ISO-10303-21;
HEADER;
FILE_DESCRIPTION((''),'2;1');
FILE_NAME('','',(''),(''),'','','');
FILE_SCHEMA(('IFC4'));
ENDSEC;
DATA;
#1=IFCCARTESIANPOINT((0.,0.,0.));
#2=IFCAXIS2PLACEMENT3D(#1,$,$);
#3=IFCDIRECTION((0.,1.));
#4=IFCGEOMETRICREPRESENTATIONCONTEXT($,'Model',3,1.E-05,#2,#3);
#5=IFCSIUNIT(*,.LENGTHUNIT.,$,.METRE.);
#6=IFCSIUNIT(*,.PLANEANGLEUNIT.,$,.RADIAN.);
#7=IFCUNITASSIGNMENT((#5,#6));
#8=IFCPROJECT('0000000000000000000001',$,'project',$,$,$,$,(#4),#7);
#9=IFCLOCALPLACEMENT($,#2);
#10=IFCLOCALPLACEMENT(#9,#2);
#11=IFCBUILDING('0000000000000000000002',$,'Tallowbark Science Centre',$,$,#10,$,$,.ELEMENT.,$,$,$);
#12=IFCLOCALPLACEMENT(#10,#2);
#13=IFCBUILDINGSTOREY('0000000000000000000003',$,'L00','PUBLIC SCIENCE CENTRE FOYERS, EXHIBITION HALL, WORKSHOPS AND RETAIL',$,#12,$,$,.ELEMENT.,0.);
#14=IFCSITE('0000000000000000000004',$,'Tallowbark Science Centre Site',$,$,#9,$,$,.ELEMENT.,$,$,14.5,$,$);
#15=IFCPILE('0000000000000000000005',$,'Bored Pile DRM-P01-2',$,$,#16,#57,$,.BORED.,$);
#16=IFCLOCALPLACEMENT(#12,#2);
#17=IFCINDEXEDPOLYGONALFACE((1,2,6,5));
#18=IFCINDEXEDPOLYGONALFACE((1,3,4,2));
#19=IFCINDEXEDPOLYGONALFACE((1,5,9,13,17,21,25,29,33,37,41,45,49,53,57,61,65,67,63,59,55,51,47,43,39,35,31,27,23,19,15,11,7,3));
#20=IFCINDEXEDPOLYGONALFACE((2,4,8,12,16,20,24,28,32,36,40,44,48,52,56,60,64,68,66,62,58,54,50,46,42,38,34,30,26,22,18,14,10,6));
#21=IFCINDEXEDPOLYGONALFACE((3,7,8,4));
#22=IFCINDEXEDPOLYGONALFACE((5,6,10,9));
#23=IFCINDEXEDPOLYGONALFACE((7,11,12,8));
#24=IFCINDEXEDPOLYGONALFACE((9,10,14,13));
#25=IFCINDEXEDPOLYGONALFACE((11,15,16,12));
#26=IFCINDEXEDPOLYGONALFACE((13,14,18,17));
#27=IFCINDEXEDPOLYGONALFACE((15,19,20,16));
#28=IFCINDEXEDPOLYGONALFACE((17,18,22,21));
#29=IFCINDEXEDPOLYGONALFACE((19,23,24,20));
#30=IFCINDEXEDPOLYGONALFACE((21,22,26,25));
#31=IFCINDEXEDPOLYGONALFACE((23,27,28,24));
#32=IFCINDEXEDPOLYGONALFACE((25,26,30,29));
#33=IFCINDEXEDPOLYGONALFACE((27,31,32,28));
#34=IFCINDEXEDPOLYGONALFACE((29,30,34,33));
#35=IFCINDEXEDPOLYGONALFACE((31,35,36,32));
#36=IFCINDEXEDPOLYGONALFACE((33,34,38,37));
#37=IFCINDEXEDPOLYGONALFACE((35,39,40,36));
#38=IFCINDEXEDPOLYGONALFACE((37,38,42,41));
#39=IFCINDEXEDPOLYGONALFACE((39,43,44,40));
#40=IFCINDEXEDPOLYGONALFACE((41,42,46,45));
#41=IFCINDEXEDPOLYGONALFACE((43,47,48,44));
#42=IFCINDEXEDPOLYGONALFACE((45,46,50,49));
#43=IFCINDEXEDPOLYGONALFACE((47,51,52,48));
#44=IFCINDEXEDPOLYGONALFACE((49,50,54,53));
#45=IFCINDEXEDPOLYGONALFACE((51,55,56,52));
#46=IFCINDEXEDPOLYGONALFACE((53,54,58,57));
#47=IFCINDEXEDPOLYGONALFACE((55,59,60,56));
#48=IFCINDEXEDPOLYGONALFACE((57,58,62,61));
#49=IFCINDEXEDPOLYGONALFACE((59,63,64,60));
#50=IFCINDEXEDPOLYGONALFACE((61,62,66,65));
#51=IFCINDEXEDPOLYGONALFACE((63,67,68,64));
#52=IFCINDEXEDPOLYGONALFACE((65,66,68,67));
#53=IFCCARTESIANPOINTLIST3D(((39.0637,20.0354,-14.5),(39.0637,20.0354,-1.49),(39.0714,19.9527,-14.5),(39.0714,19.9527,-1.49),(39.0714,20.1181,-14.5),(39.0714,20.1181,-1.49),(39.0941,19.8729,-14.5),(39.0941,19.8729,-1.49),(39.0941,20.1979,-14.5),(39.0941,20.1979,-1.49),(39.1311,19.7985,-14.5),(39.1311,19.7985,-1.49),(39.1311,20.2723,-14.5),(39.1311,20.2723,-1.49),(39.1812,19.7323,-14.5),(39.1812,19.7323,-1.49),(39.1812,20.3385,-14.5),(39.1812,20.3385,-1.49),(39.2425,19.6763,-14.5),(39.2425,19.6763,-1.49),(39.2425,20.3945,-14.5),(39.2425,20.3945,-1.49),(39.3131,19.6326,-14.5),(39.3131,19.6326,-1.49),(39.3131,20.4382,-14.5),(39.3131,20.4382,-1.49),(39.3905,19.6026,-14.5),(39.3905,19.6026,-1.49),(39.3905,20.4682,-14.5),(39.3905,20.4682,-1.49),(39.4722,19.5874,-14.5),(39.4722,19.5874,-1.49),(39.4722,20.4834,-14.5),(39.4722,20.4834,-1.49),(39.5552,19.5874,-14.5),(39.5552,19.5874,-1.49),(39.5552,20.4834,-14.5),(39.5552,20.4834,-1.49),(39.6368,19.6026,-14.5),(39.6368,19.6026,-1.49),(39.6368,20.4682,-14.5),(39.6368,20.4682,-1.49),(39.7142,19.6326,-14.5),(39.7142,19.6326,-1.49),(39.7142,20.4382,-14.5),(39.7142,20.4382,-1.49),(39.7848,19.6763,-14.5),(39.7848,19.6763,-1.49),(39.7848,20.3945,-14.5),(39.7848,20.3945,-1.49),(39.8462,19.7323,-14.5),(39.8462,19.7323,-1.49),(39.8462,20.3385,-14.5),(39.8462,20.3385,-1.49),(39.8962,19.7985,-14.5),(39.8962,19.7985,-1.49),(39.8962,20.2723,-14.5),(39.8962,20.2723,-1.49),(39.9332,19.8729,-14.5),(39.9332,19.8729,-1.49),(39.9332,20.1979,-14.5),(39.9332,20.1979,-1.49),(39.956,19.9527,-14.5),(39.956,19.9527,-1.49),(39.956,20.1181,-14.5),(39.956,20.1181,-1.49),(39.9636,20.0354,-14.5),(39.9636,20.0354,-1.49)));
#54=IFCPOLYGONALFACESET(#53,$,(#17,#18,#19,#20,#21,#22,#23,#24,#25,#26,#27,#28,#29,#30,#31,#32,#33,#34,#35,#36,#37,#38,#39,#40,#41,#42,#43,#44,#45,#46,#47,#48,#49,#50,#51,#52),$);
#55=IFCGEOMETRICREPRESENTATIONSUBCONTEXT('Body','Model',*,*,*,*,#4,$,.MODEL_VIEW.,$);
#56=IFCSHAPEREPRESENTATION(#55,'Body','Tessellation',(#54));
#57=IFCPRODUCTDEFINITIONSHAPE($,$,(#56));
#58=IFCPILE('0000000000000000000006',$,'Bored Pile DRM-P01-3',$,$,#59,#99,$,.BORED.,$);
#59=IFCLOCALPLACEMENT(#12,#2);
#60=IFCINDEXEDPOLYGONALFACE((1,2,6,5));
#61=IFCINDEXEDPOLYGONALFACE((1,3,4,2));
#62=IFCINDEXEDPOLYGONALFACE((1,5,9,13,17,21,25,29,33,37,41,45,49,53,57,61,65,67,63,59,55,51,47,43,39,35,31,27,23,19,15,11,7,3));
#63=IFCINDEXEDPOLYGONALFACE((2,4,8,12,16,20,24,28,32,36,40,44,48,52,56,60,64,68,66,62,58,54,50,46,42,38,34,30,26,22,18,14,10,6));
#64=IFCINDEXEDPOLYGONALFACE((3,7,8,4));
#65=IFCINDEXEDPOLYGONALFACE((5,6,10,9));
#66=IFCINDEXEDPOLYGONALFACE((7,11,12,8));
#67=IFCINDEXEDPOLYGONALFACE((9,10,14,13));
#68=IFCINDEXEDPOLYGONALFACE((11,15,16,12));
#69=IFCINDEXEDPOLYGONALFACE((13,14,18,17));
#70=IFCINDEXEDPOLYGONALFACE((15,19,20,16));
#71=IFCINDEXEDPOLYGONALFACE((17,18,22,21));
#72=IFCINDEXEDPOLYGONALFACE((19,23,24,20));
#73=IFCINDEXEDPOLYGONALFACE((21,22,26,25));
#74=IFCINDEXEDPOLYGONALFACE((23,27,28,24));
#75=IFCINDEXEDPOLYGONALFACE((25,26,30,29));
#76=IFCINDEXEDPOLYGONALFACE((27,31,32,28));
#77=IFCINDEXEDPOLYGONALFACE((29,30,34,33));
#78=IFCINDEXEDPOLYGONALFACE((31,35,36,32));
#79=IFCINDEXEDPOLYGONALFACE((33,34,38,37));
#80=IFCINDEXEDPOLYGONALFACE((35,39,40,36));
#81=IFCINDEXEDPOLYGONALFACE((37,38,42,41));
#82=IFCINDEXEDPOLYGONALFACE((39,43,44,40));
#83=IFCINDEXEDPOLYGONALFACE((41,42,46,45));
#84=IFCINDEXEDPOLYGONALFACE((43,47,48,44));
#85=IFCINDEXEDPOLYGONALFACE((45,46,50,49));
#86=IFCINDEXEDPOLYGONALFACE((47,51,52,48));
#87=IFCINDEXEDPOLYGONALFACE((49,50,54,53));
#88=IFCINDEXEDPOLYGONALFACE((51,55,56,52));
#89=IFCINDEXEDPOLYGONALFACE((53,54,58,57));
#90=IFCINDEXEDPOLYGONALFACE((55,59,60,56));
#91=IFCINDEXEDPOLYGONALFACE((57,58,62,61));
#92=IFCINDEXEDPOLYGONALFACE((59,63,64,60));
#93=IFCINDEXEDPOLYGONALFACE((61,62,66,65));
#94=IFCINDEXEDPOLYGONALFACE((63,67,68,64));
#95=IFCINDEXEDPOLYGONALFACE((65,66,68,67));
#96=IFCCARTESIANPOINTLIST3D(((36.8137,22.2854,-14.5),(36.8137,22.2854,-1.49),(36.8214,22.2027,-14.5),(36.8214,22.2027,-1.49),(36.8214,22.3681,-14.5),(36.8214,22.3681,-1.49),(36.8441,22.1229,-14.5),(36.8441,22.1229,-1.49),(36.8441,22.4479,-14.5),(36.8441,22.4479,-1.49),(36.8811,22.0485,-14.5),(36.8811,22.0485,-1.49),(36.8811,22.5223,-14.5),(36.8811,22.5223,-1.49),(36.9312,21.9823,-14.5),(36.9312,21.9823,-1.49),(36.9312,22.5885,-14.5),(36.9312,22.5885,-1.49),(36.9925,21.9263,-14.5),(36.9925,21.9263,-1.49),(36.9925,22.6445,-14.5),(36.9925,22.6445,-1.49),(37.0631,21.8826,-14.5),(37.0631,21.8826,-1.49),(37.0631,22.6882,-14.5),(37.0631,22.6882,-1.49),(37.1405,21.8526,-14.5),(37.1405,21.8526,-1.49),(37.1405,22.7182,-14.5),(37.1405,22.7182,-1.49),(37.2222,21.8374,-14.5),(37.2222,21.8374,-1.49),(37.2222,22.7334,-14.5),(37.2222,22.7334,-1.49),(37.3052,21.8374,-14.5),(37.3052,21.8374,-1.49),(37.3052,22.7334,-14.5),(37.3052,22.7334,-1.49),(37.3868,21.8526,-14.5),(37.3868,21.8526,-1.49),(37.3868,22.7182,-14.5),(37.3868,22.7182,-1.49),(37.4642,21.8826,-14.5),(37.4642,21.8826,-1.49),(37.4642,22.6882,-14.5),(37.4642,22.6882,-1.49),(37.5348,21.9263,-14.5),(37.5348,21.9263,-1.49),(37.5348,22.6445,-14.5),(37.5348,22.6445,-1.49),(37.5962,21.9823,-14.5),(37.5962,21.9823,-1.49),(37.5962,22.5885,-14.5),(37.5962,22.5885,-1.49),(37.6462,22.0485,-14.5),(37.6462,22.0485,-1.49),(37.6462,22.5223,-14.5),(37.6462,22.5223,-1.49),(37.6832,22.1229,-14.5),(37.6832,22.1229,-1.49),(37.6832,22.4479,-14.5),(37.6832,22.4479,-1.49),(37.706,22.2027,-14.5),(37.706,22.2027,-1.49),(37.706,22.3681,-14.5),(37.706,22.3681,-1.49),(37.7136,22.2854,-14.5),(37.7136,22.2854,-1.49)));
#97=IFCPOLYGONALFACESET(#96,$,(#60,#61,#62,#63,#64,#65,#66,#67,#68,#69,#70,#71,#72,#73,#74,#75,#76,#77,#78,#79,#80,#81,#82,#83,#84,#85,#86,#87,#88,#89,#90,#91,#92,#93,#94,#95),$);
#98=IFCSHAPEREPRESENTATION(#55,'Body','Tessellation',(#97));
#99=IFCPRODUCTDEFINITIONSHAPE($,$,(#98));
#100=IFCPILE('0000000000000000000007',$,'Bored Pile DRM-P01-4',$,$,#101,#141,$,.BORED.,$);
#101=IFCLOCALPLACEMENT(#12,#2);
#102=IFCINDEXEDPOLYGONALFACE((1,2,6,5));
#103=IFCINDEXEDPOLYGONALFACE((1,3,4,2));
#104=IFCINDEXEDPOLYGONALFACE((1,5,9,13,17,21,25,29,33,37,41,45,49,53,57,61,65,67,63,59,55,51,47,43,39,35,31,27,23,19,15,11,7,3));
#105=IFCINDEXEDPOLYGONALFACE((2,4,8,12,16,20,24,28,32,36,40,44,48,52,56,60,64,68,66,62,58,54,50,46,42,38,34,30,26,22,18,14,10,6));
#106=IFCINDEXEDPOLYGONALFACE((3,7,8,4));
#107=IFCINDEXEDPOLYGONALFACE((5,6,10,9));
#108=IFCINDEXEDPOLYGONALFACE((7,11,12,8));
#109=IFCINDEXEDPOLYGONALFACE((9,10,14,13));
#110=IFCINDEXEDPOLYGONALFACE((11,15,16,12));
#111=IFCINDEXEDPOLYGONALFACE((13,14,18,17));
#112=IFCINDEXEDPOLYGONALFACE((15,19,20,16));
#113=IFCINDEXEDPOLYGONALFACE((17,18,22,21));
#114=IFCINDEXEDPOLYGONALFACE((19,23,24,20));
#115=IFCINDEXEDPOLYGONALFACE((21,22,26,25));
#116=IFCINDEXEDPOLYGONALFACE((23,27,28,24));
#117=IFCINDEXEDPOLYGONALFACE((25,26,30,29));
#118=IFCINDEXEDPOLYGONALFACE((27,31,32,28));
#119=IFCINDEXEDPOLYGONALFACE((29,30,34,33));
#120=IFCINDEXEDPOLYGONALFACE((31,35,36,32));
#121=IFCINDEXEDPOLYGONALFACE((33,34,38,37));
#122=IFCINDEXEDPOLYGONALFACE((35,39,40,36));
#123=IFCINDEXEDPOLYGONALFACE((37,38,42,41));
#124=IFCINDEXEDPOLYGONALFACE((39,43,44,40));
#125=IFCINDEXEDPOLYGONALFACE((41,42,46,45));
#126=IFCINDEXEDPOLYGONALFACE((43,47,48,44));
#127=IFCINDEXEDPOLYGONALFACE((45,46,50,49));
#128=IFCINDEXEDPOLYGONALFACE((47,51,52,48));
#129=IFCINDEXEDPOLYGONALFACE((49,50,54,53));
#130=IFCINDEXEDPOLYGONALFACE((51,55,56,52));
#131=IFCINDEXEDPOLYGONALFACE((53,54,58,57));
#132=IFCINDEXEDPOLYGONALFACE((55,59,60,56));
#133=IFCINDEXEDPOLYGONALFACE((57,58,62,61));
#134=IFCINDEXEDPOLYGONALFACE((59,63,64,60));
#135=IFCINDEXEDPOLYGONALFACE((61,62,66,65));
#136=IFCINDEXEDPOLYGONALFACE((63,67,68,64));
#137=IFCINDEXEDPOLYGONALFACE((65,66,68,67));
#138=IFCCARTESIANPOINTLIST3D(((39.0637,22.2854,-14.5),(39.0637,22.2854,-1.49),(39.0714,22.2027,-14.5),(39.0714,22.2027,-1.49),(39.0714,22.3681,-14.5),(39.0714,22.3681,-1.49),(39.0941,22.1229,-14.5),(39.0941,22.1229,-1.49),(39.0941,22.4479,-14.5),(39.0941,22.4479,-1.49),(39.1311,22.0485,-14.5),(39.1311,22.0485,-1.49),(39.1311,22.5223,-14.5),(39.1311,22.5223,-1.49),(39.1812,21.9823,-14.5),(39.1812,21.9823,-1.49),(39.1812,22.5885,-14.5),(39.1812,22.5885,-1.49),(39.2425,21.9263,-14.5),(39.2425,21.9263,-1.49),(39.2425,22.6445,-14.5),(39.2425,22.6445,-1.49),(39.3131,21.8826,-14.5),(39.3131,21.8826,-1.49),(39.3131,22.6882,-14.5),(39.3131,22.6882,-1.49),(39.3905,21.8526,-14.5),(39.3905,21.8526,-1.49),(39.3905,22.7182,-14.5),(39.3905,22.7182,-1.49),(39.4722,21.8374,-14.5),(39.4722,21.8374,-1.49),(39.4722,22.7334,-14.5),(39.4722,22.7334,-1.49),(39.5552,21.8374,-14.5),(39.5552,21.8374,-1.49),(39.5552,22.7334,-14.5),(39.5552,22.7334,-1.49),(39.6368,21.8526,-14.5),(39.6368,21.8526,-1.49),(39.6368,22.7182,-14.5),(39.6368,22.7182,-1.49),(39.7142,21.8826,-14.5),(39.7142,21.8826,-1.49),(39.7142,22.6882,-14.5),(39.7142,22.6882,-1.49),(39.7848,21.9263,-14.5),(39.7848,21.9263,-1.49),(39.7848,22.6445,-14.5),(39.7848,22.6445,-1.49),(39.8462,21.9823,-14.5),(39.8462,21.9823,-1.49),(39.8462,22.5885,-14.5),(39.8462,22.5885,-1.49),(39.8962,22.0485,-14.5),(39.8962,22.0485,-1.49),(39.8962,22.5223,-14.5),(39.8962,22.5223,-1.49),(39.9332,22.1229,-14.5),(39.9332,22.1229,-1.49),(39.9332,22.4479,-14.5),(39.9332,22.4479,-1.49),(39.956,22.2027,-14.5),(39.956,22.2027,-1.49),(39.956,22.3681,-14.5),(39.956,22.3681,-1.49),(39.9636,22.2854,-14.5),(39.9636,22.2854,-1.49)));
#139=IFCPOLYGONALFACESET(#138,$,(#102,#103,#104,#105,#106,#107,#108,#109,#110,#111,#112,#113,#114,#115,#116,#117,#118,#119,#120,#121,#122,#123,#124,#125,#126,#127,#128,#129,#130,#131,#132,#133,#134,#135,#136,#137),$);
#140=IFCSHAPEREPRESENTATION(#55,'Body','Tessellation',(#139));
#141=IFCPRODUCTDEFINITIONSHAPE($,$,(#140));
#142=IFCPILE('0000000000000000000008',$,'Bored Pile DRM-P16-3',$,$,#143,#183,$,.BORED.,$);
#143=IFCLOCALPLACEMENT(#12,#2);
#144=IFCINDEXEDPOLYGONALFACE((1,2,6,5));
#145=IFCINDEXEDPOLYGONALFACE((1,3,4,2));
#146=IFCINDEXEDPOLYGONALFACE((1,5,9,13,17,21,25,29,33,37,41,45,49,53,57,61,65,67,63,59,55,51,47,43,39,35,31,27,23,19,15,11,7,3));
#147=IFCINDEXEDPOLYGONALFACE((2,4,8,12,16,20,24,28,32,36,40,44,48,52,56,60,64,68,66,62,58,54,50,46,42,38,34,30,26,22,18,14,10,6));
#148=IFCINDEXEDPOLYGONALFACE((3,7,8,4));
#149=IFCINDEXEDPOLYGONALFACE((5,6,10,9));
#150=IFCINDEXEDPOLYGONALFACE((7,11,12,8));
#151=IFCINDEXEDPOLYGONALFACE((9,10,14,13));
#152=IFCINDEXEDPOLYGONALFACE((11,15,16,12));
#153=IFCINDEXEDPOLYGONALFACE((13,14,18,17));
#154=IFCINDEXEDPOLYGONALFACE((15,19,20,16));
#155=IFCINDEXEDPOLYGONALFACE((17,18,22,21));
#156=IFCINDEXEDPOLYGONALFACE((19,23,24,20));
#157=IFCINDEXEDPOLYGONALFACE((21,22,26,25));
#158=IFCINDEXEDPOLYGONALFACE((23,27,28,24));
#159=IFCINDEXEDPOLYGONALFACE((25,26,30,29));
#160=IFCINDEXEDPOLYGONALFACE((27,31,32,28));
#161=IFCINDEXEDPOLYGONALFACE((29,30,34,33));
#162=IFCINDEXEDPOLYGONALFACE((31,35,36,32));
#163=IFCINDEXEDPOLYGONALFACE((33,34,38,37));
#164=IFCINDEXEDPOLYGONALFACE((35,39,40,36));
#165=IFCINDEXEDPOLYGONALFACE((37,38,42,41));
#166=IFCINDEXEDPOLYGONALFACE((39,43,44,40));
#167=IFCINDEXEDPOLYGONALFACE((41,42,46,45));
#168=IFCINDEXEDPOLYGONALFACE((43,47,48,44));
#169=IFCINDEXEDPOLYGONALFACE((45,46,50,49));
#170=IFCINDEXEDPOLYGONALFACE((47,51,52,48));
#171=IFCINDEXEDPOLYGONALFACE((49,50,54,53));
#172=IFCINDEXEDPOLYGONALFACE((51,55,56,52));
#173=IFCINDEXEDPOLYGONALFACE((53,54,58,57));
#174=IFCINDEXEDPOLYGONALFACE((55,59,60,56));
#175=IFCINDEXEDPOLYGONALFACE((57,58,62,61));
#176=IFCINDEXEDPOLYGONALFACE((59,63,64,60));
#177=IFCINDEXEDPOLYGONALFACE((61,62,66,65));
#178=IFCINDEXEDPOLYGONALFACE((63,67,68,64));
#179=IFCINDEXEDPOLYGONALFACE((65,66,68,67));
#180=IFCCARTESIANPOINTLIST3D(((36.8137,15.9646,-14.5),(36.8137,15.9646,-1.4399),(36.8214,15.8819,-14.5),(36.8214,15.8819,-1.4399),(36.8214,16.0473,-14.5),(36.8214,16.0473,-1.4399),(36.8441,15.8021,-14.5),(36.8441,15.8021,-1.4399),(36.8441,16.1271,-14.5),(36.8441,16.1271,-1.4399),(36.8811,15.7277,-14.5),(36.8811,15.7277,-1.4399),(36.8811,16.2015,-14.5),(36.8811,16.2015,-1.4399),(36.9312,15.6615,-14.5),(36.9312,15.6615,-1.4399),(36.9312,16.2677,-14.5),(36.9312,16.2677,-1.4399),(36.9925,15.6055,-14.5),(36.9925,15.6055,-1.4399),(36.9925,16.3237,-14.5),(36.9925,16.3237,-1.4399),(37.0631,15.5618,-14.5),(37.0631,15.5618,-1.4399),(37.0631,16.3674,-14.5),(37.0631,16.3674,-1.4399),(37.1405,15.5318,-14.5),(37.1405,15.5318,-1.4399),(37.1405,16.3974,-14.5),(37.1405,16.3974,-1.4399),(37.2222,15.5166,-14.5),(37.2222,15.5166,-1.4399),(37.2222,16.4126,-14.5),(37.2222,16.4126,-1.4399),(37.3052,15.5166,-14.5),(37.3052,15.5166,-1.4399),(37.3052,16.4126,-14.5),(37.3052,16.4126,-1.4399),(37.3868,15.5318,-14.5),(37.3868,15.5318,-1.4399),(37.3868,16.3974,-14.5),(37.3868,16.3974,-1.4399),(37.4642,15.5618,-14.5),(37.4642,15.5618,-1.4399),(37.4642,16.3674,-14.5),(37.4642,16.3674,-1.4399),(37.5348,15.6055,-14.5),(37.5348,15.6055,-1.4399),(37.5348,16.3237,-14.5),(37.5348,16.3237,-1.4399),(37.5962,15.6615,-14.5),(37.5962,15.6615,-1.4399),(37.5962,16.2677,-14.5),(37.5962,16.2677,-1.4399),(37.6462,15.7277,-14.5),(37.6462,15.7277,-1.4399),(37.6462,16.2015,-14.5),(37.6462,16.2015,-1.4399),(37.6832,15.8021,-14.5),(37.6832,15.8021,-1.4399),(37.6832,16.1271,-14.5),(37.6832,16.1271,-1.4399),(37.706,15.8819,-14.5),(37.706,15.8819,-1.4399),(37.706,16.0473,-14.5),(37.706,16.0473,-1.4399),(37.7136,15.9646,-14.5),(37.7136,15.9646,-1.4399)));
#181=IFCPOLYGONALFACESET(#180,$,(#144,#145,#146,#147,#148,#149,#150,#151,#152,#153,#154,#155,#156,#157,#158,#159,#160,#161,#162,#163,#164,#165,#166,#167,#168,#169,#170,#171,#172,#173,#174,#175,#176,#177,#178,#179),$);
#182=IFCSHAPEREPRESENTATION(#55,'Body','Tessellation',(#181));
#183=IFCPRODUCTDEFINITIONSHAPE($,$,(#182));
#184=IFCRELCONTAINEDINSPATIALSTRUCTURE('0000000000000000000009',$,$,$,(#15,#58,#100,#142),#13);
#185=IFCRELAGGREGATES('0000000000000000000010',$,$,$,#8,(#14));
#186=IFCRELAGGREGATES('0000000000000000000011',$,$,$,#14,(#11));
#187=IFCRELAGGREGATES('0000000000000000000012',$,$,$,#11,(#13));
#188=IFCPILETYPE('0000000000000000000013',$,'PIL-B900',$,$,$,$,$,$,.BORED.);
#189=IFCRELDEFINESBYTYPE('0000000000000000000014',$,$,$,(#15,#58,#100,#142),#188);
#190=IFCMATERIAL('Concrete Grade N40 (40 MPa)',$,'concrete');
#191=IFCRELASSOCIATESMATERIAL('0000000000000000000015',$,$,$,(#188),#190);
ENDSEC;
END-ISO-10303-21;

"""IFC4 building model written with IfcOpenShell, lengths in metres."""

from ifc_helpers import new_model, si_unit, direction, frame, origin, origin_2d, place, context, subcontext, project, spatial, circle, extrude, material, material_profile, profile_set, type_object, element, save


model = new_model("IFC4")

# Units and contexts
model_context = context("Model", 3, precision=1e-05, world=origin(), true_north=direction((0.0, 1.0)))
body_context = subcontext(model_context, "Body", "Model", "MODEL_VIEW")
ifc_project = project(units=[si_unit("LENGTHUNIT", "METRE"), si_unit("PLANEANGLEUNIT", "RADIAN")], contexts=[model_context])

# Site, building, storey
site_placement = place(None, origin())
site = spatial("IfcSite", under=ifc_project, at=site_placement, Name="Tallowbark Science Centre Site", CompositionType="ELEMENT", RefElevation=14.5)
building_placement = place(site_placement, origin())
building = spatial("IfcBuilding", under=site, at=building_placement, Name="Tallowbark Science Centre", CompositionType="ELEMENT")
storey_placement = place(building_placement, origin())
storey = spatial("IfcBuildingStorey", under=building, at=storey_placement, Name="L00", Description="PUBLIC SCIENCE CENTRE FOYERS, EXHIBITION HALL, WORKSHOPS AND RETAIL", CompositionType="ELEMENT", Elevation=0.0)

# Shared definitions
ifc_material_1 = material(Name="Concrete Grade N40 (40 MPa)", Category="concrete")

# Piles
ifc_material_profile_1 = material_profile(ifc_material_1, circle(Radius=0.45, at=origin_2d()), Name="PILE900")
ifc_profile_set_1 = profile_set([ifc_material_profile_1], Name="Concrete Grade N40 (40 MPa)")
pile_type_1 = type_object("IfcPileType", Name="PIL-B900", PredefinedType="BORED", material=ifc_profile_set_1)
for number, where, z_axis, x_axis, name in (
    (1, (39.5137, 20.0354, -1.49), (0.0, 0.0, -1.0), (1.0, 0.0, 0.0), "Bored Pile DRM-P01-2"),
    (2, (37.2637, 22.2854, -1.49), (0.0, 0.0, -1.0), (1.0, 0.0, 0.0), "Bored Pile DRM-P01-3"),
    (3, (39.5137, 22.2854, -1.49), (0.0, 0.0, -1.0), (1.0, 0.0, 0.0), "Bored Pile DRM-P01-4"),
):
    element("IfcPile", number, at=place(storey_placement, frame(where, z_axis=z_axis, x_axis=x_axis)), inside=storey, type_object=pile_type_1, Name=name, PredefinedType="BORED", context=body_context, shape_type="SweptSolid", body=[
        extrude(circle(Radius=0.45, at=origin_2d()), origin(), (0.0, 0.0, 1.0), 13.01),
    ])
for number, where, z_axis, x_axis, name in (
    (4, (37.2637, 15.9646, -1.4399), (0.0, 0.0, -1.0), (1.0, 0.0, 0.0), "Bored Pile DRM-P16-3"),
):
    element("IfcPile", number, at=place(storey_placement, frame(where, z_axis=z_axis, x_axis=x_axis)), inside=storey, type_object=pile_type_1, Name=name, PredefinedType="BORED", context=body_context, shape_type="SweptSolid", body=[
        extrude(circle(Radius=0.45, at=origin_2d()), origin(), (0.0, 0.0, 1.0), 13.0601),
    ])

save(model, "model.ifc")
